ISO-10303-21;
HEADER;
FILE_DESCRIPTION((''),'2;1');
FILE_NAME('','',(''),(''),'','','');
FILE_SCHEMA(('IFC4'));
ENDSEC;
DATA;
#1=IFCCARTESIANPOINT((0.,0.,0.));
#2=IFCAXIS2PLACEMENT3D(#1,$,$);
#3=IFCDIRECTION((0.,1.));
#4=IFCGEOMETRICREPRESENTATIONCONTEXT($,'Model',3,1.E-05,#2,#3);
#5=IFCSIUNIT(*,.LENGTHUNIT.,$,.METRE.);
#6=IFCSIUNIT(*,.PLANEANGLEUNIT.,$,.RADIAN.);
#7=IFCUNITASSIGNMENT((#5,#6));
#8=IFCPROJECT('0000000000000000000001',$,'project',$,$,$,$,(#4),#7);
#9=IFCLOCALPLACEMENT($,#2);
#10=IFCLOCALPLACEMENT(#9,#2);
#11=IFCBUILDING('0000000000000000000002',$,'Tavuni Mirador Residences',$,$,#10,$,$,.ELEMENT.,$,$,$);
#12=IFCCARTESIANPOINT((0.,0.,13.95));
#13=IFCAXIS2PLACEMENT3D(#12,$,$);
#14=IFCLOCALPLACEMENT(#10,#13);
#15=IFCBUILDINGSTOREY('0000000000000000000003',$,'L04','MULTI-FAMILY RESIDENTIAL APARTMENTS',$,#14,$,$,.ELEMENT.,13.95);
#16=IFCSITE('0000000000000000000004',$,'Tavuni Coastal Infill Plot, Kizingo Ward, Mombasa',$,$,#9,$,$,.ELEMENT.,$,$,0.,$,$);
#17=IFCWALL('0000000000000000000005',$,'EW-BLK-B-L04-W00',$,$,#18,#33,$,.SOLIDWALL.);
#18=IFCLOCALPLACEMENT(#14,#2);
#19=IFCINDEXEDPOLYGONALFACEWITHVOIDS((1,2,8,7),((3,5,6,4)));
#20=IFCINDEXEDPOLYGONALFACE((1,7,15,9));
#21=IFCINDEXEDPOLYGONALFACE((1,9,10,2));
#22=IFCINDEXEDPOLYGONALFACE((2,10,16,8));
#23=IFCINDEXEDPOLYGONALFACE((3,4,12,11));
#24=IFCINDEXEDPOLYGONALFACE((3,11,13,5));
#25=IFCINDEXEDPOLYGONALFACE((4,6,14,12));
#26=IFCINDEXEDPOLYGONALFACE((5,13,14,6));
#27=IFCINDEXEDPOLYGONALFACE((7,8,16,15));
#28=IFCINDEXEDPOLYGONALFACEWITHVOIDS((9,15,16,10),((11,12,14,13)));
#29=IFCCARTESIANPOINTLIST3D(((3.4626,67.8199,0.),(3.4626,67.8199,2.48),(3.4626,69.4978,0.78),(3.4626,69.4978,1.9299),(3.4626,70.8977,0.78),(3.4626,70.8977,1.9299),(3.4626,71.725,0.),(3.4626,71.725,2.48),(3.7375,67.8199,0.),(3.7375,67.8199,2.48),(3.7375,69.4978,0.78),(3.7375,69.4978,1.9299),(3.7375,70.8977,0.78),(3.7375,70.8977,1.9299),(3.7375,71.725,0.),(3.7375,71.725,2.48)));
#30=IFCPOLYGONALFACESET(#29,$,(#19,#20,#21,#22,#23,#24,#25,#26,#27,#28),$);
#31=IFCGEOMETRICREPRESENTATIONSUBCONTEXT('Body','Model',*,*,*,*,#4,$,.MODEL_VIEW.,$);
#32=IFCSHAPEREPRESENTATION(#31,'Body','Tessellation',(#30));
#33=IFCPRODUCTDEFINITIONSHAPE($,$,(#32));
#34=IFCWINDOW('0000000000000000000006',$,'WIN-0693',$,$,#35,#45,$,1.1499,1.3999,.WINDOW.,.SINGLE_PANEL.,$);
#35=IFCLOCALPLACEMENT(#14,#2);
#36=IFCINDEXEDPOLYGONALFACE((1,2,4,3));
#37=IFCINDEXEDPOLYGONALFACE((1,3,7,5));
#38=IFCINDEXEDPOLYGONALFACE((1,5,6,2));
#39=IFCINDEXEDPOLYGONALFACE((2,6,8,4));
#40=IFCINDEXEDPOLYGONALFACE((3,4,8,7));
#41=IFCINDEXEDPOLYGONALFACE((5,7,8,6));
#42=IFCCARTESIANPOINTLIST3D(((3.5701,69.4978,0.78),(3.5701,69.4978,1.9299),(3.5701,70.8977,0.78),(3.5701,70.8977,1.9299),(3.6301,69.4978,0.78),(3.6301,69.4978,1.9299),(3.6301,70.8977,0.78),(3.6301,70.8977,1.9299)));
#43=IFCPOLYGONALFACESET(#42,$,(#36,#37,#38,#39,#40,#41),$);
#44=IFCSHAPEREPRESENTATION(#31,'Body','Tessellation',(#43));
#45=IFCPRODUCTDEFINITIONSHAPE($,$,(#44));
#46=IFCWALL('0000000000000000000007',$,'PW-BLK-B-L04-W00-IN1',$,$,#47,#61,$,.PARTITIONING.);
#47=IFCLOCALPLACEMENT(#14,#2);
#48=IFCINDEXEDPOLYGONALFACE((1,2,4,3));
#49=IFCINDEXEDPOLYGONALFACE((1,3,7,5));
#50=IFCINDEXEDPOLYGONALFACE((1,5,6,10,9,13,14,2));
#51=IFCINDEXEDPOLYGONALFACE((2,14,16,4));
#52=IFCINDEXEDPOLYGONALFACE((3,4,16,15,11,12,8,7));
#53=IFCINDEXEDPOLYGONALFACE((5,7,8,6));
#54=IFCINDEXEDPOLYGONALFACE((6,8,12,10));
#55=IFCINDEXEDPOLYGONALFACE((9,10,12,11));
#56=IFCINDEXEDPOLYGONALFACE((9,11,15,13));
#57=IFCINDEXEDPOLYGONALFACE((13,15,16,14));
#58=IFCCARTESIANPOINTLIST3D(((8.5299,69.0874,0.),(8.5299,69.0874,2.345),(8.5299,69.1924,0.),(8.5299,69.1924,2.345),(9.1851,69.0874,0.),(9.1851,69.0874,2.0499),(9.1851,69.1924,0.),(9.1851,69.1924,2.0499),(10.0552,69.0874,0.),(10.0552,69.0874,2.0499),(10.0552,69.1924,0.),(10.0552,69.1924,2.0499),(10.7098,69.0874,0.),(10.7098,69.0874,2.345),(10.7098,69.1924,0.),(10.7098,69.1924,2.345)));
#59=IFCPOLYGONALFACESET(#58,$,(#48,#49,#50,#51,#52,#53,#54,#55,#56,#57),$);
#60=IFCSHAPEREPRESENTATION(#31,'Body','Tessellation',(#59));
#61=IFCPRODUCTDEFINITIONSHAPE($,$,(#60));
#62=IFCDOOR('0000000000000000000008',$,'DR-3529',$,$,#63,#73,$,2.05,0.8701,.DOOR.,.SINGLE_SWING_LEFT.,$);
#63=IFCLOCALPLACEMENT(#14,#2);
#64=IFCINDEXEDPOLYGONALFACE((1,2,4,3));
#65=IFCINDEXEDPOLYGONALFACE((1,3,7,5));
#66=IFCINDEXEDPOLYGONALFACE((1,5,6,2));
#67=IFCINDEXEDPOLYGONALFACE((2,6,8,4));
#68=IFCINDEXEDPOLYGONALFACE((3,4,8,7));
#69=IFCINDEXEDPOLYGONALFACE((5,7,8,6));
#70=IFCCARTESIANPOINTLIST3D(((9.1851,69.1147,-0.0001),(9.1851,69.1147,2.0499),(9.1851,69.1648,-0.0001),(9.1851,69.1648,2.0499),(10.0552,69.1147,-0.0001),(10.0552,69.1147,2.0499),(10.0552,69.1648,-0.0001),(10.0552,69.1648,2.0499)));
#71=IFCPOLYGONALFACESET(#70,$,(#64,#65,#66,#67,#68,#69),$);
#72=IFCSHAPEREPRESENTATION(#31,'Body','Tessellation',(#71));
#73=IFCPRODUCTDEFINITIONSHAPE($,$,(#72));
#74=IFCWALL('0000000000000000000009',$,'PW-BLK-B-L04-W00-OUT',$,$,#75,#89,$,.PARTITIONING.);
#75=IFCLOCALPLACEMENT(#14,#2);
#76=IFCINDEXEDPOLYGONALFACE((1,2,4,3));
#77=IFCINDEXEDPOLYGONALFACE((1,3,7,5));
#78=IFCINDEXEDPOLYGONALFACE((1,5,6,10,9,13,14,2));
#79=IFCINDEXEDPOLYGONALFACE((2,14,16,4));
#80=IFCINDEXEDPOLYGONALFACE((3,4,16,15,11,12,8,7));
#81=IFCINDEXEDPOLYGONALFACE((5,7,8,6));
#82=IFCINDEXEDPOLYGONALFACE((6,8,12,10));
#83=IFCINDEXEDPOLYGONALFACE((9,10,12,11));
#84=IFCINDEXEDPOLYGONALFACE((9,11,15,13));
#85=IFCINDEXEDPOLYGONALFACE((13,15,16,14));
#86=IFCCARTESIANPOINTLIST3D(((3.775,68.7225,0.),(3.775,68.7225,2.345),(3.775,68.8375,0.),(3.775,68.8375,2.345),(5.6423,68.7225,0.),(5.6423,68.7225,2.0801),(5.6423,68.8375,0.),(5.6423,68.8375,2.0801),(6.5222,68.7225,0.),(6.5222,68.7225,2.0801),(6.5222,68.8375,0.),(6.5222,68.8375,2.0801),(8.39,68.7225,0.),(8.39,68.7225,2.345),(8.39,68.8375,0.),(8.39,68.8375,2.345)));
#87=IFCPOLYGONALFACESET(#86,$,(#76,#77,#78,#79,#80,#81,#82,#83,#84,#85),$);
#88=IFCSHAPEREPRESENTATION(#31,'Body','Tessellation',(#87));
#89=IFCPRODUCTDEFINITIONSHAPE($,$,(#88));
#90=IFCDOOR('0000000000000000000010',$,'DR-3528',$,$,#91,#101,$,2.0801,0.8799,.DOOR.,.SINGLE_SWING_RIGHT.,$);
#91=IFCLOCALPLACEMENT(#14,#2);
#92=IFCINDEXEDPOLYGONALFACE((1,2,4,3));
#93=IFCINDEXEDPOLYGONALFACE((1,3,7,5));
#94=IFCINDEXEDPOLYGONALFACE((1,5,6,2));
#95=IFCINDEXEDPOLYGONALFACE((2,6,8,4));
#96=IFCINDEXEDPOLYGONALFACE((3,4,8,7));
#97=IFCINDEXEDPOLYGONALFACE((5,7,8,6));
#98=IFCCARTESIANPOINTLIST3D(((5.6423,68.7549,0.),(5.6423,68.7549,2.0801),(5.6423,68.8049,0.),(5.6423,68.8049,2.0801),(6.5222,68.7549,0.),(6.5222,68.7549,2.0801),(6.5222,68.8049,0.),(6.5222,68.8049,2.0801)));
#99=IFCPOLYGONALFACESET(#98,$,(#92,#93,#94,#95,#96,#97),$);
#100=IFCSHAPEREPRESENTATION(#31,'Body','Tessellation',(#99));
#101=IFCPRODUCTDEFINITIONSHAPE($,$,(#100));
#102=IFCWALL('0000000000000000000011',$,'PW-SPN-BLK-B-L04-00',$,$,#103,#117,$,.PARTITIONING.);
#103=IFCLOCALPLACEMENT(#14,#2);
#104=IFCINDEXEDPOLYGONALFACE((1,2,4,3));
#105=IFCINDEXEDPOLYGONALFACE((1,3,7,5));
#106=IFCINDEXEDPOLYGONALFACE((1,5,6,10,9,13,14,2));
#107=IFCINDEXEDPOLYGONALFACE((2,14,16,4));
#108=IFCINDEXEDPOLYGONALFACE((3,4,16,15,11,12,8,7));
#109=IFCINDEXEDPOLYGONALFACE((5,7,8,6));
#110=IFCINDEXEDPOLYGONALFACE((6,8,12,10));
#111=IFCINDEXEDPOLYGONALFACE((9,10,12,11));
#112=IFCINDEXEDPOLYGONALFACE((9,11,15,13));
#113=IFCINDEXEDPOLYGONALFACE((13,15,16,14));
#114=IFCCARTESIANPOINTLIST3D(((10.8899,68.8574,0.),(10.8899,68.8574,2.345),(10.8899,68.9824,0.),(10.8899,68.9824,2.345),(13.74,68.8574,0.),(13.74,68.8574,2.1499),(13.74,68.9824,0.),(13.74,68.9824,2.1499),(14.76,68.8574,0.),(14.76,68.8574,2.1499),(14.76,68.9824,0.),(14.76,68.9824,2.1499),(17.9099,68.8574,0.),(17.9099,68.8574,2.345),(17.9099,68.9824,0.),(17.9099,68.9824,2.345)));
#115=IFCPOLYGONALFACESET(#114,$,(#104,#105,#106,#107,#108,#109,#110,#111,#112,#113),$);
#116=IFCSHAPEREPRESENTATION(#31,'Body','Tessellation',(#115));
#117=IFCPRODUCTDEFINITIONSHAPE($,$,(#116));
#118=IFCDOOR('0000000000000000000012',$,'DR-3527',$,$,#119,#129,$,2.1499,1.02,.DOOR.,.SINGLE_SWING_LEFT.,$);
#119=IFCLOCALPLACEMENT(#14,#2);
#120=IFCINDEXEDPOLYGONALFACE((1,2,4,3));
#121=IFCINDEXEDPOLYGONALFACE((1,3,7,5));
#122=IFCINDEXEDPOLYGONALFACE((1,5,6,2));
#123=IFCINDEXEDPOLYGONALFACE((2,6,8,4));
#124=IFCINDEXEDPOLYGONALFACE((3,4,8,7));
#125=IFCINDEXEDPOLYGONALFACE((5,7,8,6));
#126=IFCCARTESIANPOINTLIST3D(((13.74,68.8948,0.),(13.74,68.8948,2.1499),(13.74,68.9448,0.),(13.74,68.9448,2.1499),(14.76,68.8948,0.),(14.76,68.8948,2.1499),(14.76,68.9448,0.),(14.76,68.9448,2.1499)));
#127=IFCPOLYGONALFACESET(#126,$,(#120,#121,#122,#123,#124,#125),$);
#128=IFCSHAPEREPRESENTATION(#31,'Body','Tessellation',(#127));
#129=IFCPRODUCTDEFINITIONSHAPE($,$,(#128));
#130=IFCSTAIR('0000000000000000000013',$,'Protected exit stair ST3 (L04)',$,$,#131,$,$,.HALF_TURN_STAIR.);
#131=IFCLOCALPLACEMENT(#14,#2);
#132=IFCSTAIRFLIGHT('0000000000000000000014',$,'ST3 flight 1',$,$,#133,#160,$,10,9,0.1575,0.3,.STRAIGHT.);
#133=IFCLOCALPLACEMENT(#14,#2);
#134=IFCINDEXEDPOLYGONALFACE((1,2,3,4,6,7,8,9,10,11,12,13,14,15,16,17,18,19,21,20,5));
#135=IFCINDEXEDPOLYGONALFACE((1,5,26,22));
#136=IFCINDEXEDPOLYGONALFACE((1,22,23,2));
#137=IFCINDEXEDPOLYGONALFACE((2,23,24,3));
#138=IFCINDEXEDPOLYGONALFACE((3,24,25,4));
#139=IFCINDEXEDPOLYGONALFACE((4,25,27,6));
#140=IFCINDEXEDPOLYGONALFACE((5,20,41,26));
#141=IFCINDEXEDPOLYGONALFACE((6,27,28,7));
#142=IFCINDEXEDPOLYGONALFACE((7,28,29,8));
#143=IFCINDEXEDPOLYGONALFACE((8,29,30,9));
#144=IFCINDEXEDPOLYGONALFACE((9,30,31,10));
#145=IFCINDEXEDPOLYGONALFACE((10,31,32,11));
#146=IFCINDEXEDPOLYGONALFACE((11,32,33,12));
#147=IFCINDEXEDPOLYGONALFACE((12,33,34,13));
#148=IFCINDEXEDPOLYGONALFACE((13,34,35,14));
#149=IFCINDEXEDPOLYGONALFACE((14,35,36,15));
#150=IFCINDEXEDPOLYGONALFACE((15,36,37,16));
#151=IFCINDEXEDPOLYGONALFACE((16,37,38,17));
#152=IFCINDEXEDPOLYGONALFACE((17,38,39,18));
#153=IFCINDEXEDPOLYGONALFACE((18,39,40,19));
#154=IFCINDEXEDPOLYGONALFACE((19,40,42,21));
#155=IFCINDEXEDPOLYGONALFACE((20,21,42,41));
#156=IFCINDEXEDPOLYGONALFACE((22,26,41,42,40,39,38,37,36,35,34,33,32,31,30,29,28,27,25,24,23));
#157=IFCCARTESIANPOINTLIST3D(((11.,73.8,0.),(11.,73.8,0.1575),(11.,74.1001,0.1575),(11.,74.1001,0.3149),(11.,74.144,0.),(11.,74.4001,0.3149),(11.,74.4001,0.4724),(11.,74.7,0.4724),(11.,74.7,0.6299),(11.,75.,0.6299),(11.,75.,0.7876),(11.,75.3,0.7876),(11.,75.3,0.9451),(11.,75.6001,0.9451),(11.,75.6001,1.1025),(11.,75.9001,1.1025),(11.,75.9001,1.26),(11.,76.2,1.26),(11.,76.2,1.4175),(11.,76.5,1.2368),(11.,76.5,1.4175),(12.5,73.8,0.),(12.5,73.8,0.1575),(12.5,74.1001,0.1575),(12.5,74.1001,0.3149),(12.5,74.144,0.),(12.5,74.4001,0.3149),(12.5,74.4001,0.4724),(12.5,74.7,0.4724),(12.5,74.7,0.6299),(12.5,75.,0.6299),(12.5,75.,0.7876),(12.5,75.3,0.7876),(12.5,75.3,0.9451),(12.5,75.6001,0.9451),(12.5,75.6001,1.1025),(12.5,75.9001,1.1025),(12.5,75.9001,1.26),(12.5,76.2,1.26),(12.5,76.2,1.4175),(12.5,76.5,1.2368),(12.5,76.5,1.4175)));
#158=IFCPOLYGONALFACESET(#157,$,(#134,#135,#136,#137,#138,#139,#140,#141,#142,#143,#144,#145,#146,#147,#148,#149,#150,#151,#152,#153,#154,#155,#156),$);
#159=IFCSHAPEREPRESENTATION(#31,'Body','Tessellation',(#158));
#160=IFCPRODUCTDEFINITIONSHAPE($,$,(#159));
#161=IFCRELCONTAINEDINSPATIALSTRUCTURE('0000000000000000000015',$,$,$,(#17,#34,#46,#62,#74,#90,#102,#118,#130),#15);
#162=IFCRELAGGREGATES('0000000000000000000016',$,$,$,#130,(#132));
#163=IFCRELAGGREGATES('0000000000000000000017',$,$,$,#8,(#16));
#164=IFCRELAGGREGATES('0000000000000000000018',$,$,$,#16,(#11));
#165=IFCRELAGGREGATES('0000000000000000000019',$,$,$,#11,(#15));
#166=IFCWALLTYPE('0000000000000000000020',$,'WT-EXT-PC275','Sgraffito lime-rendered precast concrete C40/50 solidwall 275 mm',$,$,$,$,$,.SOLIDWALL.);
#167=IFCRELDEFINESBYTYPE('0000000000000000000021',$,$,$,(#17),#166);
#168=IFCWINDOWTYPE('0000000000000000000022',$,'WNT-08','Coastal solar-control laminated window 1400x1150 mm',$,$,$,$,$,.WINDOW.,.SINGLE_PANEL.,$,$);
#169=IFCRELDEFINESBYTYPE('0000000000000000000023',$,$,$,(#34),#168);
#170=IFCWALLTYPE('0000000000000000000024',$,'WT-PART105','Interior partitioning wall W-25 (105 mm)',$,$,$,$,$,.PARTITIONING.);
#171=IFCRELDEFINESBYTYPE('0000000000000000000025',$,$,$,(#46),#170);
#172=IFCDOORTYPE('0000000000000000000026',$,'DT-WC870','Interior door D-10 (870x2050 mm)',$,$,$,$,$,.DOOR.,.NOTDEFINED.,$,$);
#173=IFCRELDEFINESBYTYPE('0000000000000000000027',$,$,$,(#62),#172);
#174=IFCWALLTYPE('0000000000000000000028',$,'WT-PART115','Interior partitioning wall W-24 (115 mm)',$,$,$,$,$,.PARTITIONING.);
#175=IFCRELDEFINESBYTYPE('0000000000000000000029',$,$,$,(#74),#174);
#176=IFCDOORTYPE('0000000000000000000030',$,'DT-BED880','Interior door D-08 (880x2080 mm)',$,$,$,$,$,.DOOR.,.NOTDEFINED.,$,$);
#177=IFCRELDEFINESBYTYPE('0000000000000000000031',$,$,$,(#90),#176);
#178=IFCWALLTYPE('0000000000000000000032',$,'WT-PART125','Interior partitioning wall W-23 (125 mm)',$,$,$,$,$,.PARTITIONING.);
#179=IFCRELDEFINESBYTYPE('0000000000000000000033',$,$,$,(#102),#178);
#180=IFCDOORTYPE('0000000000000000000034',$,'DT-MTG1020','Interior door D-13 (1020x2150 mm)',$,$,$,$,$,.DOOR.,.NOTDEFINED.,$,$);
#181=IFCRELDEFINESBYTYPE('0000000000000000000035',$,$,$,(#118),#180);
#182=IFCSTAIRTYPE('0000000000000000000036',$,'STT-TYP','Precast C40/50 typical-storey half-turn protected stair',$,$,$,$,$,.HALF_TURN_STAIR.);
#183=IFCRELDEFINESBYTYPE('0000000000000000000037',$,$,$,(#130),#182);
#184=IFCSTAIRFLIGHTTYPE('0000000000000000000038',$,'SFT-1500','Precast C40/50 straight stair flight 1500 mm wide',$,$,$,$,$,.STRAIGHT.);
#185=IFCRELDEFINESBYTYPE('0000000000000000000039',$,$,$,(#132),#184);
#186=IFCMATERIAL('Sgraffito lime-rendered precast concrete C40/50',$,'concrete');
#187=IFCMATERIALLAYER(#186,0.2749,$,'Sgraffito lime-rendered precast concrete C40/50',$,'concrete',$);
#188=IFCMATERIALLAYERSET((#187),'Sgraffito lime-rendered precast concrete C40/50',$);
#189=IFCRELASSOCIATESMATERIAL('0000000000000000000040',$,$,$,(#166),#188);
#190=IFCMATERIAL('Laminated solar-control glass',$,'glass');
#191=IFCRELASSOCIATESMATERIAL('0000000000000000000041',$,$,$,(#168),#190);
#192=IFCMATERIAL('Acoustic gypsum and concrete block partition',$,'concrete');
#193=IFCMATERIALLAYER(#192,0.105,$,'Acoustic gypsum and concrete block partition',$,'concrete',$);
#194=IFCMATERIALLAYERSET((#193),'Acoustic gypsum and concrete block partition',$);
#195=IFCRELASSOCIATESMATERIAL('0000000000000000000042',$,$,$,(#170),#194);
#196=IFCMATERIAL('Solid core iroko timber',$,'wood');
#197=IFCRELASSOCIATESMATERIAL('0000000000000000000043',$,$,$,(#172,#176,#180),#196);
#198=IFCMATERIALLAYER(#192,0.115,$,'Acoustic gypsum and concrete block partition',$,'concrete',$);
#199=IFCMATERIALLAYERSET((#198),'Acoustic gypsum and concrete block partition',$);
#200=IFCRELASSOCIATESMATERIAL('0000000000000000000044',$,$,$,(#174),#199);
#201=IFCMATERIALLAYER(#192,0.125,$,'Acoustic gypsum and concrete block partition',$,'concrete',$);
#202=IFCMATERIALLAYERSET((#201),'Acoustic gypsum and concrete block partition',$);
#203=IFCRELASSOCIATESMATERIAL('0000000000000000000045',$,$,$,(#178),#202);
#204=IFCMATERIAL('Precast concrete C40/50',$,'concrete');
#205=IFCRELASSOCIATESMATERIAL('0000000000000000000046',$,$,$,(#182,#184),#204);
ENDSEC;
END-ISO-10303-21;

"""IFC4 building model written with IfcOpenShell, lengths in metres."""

from ifc_helpers import new_model, si_unit, direction, frame, frame_2d, origin, place, context, subcontext, project, spatial, polyline, rectangle, outline, extrude, material, layer, layer_set, type_object, element, fill, aggregate, save


model = new_model("IFC4")

# Units and contexts
model_context = context("Model", 3, precision=1e-05, world=origin(), true_north=direction((0.0, 1.0)))
body_context = subcontext(model_context, "Body", "Model", "MODEL_VIEW")
ifc_project = project(units=[si_unit("LENGTHUNIT", "METRE"), si_unit("PLANEANGLEUNIT", "RADIAN")], contexts=[model_context])

# Site, building, storey
site_placement = place(None, origin())
site = spatial("IfcSite", under=ifc_project, at=site_placement, Name="Tavuni Coastal Infill Plot, Kizingo Ward, Mombasa", CompositionType="ELEMENT", RefElevation=0.0)
building_placement = place(site_placement, origin())
building = spatial("IfcBuilding", under=site, at=building_placement, Name="Tavuni Mirador Residences", CompositionType="ELEMENT")
storey_placement = place(building_placement, frame((0.0, 0.0, 13.95)))
storey = spatial("IfcBuildingStorey", under=building, at=storey_placement, Name="L04", Description="MULTI-FAMILY RESIDENTIAL APARTMENTS", CompositionType="ELEMENT", Elevation=13.95)

# Shared definitions
ifc_material_1 = material(Name="Precast concrete C40/50", Category="concrete")

# Shared definitions
ifc_material_2 = material(Name="Solid core iroko timber", Category="wood")

# Wall, opening, window
ifc_material_3 = material(Name="Sgraffito lime-rendered precast concrete C40/50", Category="concrete")
ifc_layer_1 = layer(ifc_material_3, 0.2749, Name="Sgraffito lime-rendered precast concrete C40/50", Category="concrete")
ifc_layer_set_1 = layer_set([ifc_layer_1], Name="Sgraffito lime-rendered precast concrete C40/50")
wall_type_1 = type_object("IfcWallType", Name="WT-EXT-PC275", Description="Sgraffito lime-rendered precast concrete C40/50 solidwall 275 mm", PredefinedType="SOLIDWALL", material=ifc_layer_set_1)
wall_1_placement = place(storey_placement, frame((3.6001, 71.7251, 0.0), z_axis=(0.0, 0.0, 1.0), x_axis=(0.0, -1.0, 0.0)))
wall_1 = element("IfcWall", 1, at=wall_1_placement, inside=storey, type_object=wall_type_1, Name="EW-BLK-B-L04-W00", PredefinedType="SOLIDWALL", context=body_context, shape_type="SweptSolid", body=[
    extrude(rectangle(XDim=3.905, YDim=0.2749, at=frame_2d((1.9526, 0.0))), origin(), (0.0, 0.0, 1.0), 2.48),
])
opening_1_placement = place(wall_1_placement, frame((0.8274, 0.0, 0.78)))
opening_1 = element("IfcOpeningElement", 2, at=opening_1_placement, cuts=wall_1, PredefinedType="OPENING", context=body_context, shape_type="SweptSolid", body=[
    extrude(rectangle(XDim=1.3999, YDim=1.1499, at=frame_2d((0.7, 0.575))), frame((0.0, 0.1475, 0.0), z_axis=(0.0, -1.0, 0.0), x_axis=(1.0, 0.0, 0.0)), (0.0, 0.0, 1.0), 0.2949),
])
ifc_material_4 = material(Name="Laminated solar-control glass", Category="glass")
window_type = type_object("IfcWindowType", Name="WNT-08", Description="Coastal solar-control laminated window 1400x1150 mm", PartitioningType="SINGLE_PANEL", PredefinedType="WINDOW", material=ifc_material_4)
window_placement = place(opening_1_placement, origin())
window = element("IfcWindow", 3, at=window_placement, inside=storey, type_object=window_type, Name="WIN-0693", OverallHeight=1.1499, OverallWidth=1.3999, PartitioningType="SINGLE_PANEL", PredefinedType="WINDOW", context=body_context, shape_type="SweptSolid", body=[
    extrude(rectangle(XDim=1.3999, YDim=1.1499, at=frame_2d((0.7, 0.575))), frame((0.0, 0.03, 0.0), z_axis=(0.0, -1.0, 0.0), x_axis=(1.0, 0.0, 0.0)), (0.0, 0.0, 1.0), 0.0601),
])
fill(opening_1, window)

# Walls, openings, doors
ifc_material_5 = material(Name="Acoustic gypsum and concrete block partition", Category="concrete")
ifc_layer_2 = layer(ifc_material_5, 0.105, Name="Acoustic gypsum and concrete block partition", Category="concrete")
ifc_layer_set_2 = layer_set([ifc_layer_2], Name="Acoustic gypsum and concrete block partition")
wall_type_2 = type_object("IfcWallType", Name="WT-PART105", Description="Interior partitioning wall W-25 (105 mm)", PredefinedType="PARTITIONING", material=ifc_layer_set_2)
wall_2_placement = place(storey_placement, frame((8.53, 69.1399, 0.0), z_axis=(0.0, 0.0, 1.0), x_axis=(1.0, 0.0, 0.0)))
wall_2 = element("IfcWall", 4, at=wall_2_placement, inside=storey, type_object=wall_type_2, Name="PW-BLK-B-L04-W00-IN1", PredefinedType="PARTITIONING", context=body_context, shape_type="SweptSolid", body=[
    extrude(rectangle(XDim=2.1799, YDim=0.105, at=frame_2d((1.0898, 0.0))), origin(), (0.0, 0.0, 1.0), 2.345),
])
opening_2_placement = place(wall_2_placement, frame((0.655, 0.0, 0.0)))
opening_2 = element("IfcOpeningElement", 5, at=opening_2_placement, cuts=wall_2, PredefinedType="OPENING", context=body_context, shape_type="SweptSolid", body=[
    extrude(rectangle(XDim=0.8701, YDim=2.05, at=frame_2d((0.4351, 1.0249))), frame((0.0, 0.0625, 0.0), z_axis=(0.0, -1.0, 0.0), x_axis=(1.0, 0.0, 0.0)), (0.0, 0.0, 1.0), 0.125),
])
door_type_1 = type_object("IfcDoorType", Name="DT-WC870", Description="Interior door D-10 (870x2050 mm)", OperationType="NOTDEFINED", PredefinedType="DOOR", material=ifc_material_2)
door_1_placement = place(opening_2_placement, origin())
door_1 = element("IfcDoor", 6, at=door_1_placement, inside=storey, type_object=door_type_1, Name="DR-3529", OperationType="SINGLE_SWING_LEFT", OverallHeight=2.05, OverallWidth=0.8701, PredefinedType="DOOR", context=body_context, shape_type="SweptSolid", body=[
    extrude(rectangle(XDim=0.8701, YDim=2.05, at=frame_2d((0.4351, 1.0249))), frame((0.0, 0.0249, 0.0), z_axis=(0.0, -1.0, 0.0), x_axis=(1.0, 0.0, 0.0)), (0.0, 0.0, 1.0), 0.05),
])
fill(opening_2, door_1)
ifc_layer_3 = layer(ifc_material_5, 0.115, Name="Acoustic gypsum and concrete block partition", Category="concrete")
ifc_layer_set_3 = layer_set([ifc_layer_3], Name="Acoustic gypsum and concrete block partition")
wall_type_3 = type_object("IfcWallType", Name="WT-PART115", Description="Interior partitioning wall W-24 (115 mm)", PredefinedType="PARTITIONING", material=ifc_layer_set_3)
wall_3_placement = place(storey_placement, frame((3.7749, 68.78, 0.0), z_axis=(0.0, 0.0, 1.0), x_axis=(1.0, 0.0, 0.0)))
wall_3 = element("IfcWall", 7, at=wall_3_placement, inside=storey, type_object=wall_type_3, Name="PW-BLK-B-L04-W00-OUT", PredefinedType="PARTITIONING", context=body_context, shape_type="SweptSolid", body=[
    extrude(rectangle(XDim=4.615, YDim=0.115, at=frame_2d((2.3076, 0.0))), origin(), (0.0, 0.0, 1.0), 2.345),
])
opening_3_placement = place(wall_3_placement, frame((1.8674, 0.0, 0.0)))
opening_3 = element("IfcOpeningElement", 8, at=opening_3_placement, cuts=wall_3, PredefinedType="OPENING", context=body_context, shape_type="SweptSolid", body=[
    extrude(rectangle(XDim=0.8799, YDim=2.0801, at=frame_2d((0.4399, 1.04))), frame((0.0, 0.0674, 0.0), z_axis=(0.0, -1.0, 0.0), x_axis=(1.0, 0.0, 0.0)), (0.0, 0.0, 1.0), 0.135),
])
door_type_2 = type_object("IfcDoorType", Name="DT-BED880", Description="Interior door D-08 (880x2080 mm)", OperationType="NOTDEFINED", PredefinedType="DOOR", material=ifc_material_2)
door_2_placement = place(opening_3_placement, origin())
door_2 = element("IfcDoor", 9, at=door_2_placement, inside=storey, type_object=door_type_2, Name="DR-3528", OperationType="SINGLE_SWING_RIGHT", OverallHeight=2.0801, OverallWidth=0.8799, PredefinedType="DOOR", context=body_context, shape_type="SweptSolid", body=[
    extrude(rectangle(XDim=0.8799, YDim=2.0801, at=frame_2d((0.4399, 1.04))), frame((0.0, 0.0249, 0.0), z_axis=(0.0, -1.0, 0.0), x_axis=(1.0, 0.0, 0.0)), (0.0, 0.0, 1.0), 0.05),
])
fill(opening_3, door_2)
ifc_layer_4 = layer(ifc_material_5, 0.125, Name="Acoustic gypsum and concrete block partition", Category="concrete")
ifc_layer_set_4 = layer_set([ifc_layer_4], Name="Acoustic gypsum and concrete block partition")
wall_type_4 = type_object("IfcWallType", Name="WT-PART125", Description="Interior partitioning wall W-23 (125 mm)", PredefinedType="PARTITIONING", material=ifc_layer_set_4)
wall_4_placement = place(storey_placement, frame((10.8899, 68.9199, 0.0), z_axis=(0.0, 0.0, 1.0), x_axis=(1.0, 0.0, 0.0)))
wall_4 = element("IfcWall", 10, at=wall_4_placement, inside=storey, type_object=wall_type_4, Name="PW-SPN-BLK-B-L04-00", PredefinedType="PARTITIONING", context=body_context, shape_type="SweptSolid", body=[
    extrude(rectangle(XDim=7.02, YDim=0.125, at=frame_2d((3.51, 0.0))), origin(), (0.0, 0.0, 1.0), 2.345),
])
opening_4_placement = place(wall_4_placement, frame((2.8501, 0.0, 0.0)))
opening_4 = element("IfcOpeningElement", 11, at=opening_4_placement, cuts=wall_4, PredefinedType="OPENING", context=body_context, shape_type="SweptSolid", body=[
    extrude(rectangle(XDim=1.02, YDim=2.1499, at=frame_2d((0.51, 1.075))), frame((0.0, 0.0725, 0.0), z_axis=(0.0, -1.0, 0.0), x_axis=(1.0, 0.0, 0.0)), (0.0, 0.0, 1.0), 0.145),
])
door_type_3 = type_object("IfcDoorType", Name="DT-MTG1020", Description="Interior door D-13 (1020x2150 mm)", OperationType="NOTDEFINED", PredefinedType="DOOR", material=ifc_material_2)
door_3_placement = place(opening_4_placement, origin())
door_3 = element("IfcDoor", 12, at=door_3_placement, inside=storey, type_object=door_type_3, Name="DR-3527", OperationType="SINGLE_SWING_LEFT", OverallHeight=2.1499, OverallWidth=1.02, PredefinedType="DOOR", context=body_context, shape_type="SweptSolid", body=[
    extrude(rectangle(XDim=1.02, YDim=2.1499, at=frame_2d((0.51, 1.075))), frame((0.0, 0.0249, 0.0), z_axis=(0.0, -1.0, 0.0), x_axis=(1.0, 0.0, 0.0)), (0.0, 0.0, 1.0), 0.05),
])
fill(opening_4, door_3)

# Stair, stair flight
stair_type = type_object("IfcStairType", Name="STT-TYP", Description="Precast C40/50 typical-storey half-turn protected stair", PredefinedType="HALF_TURN_STAIR", material=ifc_material_1)
stair_placement = place(storey_placement, origin())
stair = element("IfcStair", 13, at=stair_placement, inside=storey, type_object=stair_type, Name="Protected exit stair ST3 (L04)", PredefinedType="HALF_TURN_STAIR")
stair_flight_type = type_object("IfcStairFlightType", Name="SFT-1500", Description="Precast C40/50 straight stair flight 1500 mm wide", PredefinedType="STRAIGHT", material=ifc_material_1)
stair_flight_placement = place(storey_placement, frame((11.75, 73.8, 0.0), z_axis=(0.0, 0.0, 1.0), x_axis=(0.0, 1.0, 0.0)))
stair_flight = element("IfcStairFlight", 14, at=stair_flight_placement, type_object=stair_flight_type, Name="ST3 flight 1", NumberOfRisers=10, NumberOfTreads=9, PredefinedType="STRAIGHT", RiserHeight=0.1575, TreadLength=0.3, context=body_context, shape_type="SweptSolid", body=[
    extrude(outline(polyline([(0.0, 0.0), (0.0, 0.1575), (0.3, 0.1575), (0.3, 0.3149), (0.6001, 0.3149), (0.6001, 0.4724), (0.8999, 0.4724), (0.8999, 0.6299), (1.2, 0.6299), (1.2, 0.7876), (1.5, 0.7876), (1.5, 0.9451), (1.8, 0.9451), (1.8, 1.1025), (2.1001, 1.1025), (2.1001, 1.26), (2.3999, 1.26), (2.3999, 1.4175), (2.7, 1.4175), (2.7, 1.575), (2.7, 1.2368), (0.344, 0.0), (0.0, 0.0)])), frame((0.0, 0.75, 0.0), z_axis=(0.0, -1.0, 0.0), x_axis=(1.0, 0.0, 0.0)), (0.0, 0.0, 1.0), 1.5),
])
aggregate(stair, [stair_flight])

save(model, "model.ifc")
